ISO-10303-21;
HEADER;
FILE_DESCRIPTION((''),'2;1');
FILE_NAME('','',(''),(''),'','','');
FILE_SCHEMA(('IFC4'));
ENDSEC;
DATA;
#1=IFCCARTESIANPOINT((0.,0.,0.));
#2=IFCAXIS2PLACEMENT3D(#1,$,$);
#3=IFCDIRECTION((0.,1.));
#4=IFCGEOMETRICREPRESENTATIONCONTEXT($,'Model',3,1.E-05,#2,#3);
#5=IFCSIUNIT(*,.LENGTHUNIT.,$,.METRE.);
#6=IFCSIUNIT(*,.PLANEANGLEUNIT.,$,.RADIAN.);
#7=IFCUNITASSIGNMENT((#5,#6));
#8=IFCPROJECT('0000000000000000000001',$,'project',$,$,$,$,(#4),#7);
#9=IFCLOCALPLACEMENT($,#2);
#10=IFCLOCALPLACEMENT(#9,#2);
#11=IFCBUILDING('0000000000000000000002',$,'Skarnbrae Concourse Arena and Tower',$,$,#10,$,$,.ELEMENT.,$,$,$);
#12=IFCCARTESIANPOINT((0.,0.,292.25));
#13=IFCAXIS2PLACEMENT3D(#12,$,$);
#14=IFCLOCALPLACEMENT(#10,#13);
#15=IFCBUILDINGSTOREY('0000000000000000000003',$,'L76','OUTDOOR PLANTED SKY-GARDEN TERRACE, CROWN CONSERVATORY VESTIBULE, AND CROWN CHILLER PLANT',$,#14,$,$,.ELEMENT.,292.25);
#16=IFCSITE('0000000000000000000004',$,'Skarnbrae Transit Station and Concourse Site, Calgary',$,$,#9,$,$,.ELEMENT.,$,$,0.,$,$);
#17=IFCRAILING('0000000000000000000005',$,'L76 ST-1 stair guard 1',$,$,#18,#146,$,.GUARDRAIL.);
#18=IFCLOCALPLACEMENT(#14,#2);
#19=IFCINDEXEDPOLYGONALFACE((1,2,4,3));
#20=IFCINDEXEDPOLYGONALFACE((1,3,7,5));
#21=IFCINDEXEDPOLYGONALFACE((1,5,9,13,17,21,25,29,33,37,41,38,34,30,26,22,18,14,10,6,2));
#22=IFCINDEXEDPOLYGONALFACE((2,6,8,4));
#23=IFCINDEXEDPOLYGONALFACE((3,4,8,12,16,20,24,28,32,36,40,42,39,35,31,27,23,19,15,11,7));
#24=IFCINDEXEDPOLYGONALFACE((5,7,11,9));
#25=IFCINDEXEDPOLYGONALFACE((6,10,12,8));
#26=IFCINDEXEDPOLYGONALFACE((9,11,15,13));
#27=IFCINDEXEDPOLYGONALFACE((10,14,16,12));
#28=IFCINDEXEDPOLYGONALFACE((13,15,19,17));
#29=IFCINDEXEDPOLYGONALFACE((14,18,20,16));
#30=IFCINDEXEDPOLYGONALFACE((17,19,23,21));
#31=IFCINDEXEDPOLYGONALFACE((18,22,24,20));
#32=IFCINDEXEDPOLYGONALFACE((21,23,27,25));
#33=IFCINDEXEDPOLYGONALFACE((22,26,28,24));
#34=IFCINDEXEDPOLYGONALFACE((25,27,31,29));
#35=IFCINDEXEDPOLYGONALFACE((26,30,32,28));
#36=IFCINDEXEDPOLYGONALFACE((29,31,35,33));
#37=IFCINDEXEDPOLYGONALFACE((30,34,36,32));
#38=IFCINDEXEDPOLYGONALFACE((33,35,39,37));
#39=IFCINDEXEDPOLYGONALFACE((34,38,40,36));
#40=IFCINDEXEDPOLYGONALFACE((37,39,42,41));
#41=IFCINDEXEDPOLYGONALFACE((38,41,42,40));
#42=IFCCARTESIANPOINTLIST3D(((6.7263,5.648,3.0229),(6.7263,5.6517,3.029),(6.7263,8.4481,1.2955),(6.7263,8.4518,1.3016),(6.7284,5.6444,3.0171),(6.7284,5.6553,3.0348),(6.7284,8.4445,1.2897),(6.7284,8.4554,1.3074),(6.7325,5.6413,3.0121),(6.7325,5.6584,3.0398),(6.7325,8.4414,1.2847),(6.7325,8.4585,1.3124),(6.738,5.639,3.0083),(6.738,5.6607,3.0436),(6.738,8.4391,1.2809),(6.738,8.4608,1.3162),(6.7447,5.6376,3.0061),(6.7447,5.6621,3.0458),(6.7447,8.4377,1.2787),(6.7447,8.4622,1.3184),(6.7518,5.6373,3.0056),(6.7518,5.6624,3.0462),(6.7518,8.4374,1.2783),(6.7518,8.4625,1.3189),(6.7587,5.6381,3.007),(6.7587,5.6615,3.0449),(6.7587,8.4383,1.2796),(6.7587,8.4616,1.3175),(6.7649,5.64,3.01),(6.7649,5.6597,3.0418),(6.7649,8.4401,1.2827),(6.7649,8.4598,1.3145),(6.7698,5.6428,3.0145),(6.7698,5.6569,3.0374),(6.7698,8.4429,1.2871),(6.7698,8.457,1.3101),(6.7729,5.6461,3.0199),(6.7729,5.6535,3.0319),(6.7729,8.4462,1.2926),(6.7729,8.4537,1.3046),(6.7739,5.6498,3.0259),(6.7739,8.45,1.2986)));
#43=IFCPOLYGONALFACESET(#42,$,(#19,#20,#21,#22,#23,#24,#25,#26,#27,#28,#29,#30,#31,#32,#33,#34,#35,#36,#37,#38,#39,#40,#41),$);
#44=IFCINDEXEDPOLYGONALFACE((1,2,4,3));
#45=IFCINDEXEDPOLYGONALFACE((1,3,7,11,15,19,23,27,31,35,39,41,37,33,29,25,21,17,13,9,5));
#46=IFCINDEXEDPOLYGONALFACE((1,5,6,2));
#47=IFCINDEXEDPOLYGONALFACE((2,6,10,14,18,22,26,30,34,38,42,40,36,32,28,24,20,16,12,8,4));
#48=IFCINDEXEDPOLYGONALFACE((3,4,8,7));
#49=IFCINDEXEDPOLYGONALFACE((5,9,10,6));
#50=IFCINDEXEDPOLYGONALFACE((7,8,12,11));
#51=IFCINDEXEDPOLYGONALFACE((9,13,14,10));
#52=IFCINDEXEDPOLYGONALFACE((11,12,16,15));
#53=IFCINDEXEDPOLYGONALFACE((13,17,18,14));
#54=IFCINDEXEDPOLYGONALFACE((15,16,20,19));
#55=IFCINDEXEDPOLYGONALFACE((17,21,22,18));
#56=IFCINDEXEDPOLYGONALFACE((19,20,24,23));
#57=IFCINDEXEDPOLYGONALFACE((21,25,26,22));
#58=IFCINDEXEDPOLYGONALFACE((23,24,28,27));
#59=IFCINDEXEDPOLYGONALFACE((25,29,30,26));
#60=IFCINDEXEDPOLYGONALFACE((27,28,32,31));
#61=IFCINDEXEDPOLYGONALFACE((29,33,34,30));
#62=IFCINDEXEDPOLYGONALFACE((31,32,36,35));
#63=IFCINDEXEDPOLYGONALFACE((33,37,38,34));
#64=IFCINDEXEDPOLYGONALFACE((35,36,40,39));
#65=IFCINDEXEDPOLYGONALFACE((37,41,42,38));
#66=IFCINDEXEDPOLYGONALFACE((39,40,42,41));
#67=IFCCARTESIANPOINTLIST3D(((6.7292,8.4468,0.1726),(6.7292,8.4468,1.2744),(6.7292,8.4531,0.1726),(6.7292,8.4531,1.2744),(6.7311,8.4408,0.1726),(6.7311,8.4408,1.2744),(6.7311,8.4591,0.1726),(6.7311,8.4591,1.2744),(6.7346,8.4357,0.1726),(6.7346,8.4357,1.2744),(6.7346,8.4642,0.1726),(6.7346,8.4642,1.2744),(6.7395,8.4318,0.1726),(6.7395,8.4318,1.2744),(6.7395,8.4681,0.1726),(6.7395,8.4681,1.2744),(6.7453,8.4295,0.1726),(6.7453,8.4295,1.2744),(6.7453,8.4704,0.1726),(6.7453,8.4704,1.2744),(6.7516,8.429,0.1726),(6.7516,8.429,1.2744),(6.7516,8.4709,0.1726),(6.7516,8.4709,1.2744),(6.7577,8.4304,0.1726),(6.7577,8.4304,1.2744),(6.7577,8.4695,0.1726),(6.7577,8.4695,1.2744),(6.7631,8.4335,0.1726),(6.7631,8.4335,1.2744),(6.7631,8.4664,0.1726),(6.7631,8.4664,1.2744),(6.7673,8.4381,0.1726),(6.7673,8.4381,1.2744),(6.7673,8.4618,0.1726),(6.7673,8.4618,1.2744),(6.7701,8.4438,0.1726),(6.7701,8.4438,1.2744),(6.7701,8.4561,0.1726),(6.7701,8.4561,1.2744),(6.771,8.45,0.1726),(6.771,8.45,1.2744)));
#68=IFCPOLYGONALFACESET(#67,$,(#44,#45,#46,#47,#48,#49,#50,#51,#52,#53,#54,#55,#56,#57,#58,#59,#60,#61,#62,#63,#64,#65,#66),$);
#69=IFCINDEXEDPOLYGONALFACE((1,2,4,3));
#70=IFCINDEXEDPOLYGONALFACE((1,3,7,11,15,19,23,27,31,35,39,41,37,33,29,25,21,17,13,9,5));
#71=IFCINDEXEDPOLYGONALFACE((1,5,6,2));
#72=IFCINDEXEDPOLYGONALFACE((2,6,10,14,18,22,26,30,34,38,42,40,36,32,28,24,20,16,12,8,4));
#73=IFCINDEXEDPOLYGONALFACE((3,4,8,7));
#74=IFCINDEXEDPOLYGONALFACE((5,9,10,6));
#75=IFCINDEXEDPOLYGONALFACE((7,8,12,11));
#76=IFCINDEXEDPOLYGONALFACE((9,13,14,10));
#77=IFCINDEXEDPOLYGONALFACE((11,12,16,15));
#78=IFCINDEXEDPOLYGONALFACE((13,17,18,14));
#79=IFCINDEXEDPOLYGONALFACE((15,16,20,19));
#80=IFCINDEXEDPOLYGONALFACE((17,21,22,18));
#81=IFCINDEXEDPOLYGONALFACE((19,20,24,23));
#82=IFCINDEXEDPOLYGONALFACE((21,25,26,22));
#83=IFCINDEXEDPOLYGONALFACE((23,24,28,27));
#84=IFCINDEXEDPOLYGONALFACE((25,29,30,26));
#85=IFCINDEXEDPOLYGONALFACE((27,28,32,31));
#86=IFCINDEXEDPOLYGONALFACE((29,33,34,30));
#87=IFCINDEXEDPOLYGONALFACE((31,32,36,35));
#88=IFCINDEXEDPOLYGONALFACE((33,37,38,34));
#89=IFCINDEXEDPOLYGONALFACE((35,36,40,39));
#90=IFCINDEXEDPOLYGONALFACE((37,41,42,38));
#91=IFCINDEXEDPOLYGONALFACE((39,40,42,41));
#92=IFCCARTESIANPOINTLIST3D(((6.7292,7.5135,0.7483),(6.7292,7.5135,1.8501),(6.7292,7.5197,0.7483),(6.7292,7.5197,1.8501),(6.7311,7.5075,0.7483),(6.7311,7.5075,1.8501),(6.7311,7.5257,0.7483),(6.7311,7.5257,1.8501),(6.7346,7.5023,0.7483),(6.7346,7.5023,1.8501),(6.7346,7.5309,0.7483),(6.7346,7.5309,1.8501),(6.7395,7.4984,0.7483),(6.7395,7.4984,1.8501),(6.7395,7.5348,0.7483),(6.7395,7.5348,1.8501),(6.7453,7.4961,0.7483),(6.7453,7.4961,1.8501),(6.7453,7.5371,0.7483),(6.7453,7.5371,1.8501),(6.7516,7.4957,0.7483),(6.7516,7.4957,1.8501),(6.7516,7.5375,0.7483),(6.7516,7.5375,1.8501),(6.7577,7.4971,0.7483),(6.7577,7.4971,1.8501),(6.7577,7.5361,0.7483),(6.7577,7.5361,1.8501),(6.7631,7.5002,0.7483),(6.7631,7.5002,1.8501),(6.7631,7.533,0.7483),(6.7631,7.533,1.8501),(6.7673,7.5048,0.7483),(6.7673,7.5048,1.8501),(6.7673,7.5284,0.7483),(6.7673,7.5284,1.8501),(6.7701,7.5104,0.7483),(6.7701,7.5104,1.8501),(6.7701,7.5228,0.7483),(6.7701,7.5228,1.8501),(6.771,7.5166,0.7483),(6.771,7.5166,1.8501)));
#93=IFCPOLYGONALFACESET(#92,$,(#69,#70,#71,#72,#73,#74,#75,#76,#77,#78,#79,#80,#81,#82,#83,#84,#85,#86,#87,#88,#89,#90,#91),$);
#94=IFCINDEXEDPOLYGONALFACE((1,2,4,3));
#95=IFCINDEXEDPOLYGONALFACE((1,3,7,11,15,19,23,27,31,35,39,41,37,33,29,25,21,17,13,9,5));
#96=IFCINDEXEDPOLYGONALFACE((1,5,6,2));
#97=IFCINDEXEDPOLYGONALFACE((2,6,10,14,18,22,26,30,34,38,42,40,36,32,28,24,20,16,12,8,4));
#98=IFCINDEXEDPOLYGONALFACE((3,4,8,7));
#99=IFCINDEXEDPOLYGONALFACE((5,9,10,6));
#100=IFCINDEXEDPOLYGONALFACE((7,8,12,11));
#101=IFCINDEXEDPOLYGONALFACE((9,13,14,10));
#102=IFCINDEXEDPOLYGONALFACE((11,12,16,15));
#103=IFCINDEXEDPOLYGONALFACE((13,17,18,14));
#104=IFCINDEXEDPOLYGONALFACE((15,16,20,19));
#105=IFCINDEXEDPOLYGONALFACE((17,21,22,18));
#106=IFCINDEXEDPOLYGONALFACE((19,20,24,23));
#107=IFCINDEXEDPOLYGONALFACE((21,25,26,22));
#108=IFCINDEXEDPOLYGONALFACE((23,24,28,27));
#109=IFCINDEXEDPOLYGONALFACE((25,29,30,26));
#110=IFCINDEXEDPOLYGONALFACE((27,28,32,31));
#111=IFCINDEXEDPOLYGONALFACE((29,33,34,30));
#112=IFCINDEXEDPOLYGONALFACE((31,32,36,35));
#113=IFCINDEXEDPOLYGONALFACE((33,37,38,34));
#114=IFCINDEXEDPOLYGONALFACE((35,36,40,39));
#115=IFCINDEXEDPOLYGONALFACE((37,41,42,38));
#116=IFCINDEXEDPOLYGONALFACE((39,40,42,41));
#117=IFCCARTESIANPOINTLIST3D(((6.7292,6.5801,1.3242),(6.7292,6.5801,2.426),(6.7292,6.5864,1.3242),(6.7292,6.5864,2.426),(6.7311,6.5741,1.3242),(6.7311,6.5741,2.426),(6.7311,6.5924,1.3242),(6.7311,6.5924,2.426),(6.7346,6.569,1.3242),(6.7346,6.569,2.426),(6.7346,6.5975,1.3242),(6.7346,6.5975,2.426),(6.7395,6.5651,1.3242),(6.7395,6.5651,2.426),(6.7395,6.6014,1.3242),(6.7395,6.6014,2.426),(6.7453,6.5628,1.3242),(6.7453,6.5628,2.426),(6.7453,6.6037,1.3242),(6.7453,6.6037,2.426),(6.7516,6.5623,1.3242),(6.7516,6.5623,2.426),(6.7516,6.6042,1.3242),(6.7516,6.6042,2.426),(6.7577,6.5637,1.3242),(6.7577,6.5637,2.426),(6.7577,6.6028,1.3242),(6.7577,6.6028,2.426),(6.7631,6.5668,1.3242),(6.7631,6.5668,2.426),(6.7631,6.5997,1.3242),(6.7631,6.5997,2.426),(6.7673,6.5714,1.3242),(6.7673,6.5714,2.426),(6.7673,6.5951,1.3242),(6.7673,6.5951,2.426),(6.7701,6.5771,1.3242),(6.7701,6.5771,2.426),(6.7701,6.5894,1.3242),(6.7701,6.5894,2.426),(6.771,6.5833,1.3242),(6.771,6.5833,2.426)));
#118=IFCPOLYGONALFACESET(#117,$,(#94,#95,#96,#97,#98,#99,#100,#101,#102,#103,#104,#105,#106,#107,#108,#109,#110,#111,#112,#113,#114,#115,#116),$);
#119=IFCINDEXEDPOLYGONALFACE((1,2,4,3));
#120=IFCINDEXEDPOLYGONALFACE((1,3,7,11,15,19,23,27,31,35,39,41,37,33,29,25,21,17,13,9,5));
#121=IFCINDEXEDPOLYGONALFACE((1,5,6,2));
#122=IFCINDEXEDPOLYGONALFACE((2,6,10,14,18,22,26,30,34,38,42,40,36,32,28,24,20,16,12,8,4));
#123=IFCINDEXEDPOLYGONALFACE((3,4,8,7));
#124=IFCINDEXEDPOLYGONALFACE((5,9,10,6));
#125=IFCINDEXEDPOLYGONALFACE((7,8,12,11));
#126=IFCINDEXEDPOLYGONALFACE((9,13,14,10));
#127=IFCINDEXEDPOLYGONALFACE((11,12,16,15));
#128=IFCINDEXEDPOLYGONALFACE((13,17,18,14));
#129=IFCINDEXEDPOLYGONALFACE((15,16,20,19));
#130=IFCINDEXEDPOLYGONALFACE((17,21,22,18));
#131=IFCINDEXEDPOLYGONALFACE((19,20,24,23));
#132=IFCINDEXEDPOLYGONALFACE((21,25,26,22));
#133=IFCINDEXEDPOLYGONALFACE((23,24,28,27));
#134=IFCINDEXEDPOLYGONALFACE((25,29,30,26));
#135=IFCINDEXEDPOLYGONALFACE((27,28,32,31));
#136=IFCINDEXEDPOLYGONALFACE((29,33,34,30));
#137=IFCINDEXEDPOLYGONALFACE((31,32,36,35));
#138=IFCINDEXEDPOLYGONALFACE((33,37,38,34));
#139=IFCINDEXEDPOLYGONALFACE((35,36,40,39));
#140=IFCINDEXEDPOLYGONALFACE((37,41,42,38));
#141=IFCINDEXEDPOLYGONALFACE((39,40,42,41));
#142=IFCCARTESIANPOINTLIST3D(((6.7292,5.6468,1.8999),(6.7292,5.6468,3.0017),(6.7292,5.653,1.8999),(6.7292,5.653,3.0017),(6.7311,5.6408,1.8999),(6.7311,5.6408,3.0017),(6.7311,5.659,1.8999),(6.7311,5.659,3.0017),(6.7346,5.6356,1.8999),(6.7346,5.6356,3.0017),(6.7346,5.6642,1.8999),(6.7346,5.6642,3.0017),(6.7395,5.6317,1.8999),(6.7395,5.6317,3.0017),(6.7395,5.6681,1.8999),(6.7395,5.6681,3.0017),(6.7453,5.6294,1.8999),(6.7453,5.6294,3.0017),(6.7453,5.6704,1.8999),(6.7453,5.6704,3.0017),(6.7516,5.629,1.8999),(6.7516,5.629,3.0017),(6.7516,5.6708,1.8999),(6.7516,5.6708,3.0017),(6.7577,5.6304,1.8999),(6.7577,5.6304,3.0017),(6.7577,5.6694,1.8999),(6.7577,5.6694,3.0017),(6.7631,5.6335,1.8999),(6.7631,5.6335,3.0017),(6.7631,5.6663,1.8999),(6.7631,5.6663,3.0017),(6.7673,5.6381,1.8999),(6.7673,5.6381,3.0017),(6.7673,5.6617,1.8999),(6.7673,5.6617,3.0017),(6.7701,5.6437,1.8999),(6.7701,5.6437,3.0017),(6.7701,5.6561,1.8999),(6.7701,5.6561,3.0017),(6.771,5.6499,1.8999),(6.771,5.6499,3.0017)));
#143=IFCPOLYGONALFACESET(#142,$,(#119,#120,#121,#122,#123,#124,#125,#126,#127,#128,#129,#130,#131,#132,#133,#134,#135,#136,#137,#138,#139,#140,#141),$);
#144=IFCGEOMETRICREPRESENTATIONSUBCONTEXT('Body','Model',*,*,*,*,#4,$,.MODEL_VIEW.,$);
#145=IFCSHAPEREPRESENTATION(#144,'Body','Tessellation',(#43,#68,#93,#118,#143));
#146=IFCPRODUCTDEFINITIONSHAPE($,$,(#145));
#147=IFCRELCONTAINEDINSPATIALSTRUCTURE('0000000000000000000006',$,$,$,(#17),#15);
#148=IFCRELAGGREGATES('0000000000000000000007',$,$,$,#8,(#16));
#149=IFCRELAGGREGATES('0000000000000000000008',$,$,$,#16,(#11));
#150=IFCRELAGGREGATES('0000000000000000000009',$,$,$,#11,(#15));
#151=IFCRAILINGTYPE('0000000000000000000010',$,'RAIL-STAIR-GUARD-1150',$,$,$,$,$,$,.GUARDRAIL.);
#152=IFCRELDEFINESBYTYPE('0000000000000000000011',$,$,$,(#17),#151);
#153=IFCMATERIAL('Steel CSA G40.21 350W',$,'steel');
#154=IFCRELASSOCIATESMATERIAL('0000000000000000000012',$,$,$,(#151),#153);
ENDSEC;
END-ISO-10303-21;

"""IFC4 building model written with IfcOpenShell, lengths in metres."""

from ifc_helpers import new_model, si_unit, direction, frame, origin, origin_2d, place, context, subcontext, project, spatial, circle, extrude, material, type_object, element, save


model = new_model("IFC4")

# Units and contexts
model_context = context("Model", 3, precision=1e-05, world=origin(), true_north=direction((0.0, 1.0)))
body_context = subcontext(model_context, "Body", "Model", "MODEL_VIEW")
ifc_project = project(units=[si_unit("LENGTHUNIT", "METRE"), si_unit("PLANEANGLEUNIT", "RADIAN")], contexts=[model_context])

# Site, building, storey
site_placement = place(None, origin())
site = spatial("IfcSite", under=ifc_project, at=site_placement, Name="Skarnbrae Transit Station and Concourse Site, Calgary", CompositionType="ELEMENT", RefElevation=0.0)
building_placement = place(site_placement, origin())
building = spatial("IfcBuilding", under=site, at=building_placement, Name="Skarnbrae Concourse Arena and Tower", CompositionType="ELEMENT")
storey_placement = place(building_placement, frame((0.0, 0.0, 292.25)))
storey = spatial("IfcBuildingStorey", under=building, at=storey_placement, Name="L76", Description="OUTDOOR PLANTED SKY-GARDEN TERRACE, CROWN CONSERVATORY VESTIBULE, AND CROWN CHILLER PLANT", CompositionType="ELEMENT", Elevation=292.25)

# Shared definitions
ifc_material_1 = material(Name="Steel CSA G40.21 350W", Category="steel")

# Railing
railing_type_1 = type_object("IfcRailingType", Name="RAIL-STAIR-GUARD-1150", PredefinedType="GUARDRAIL", material=ifc_material_1)
railing_1_placement = place(storey_placement, frame((6.75, 8.45, 0.1726)))
element("IfcRailing", 1, at=railing_1_placement, inside=storey, type_object=railing_type_1, Name="L76 ST-1 stair guard 1", PredefinedType="GUARDRAIL", context=body_context, shape_type="SweptSolid", body=[
    extrude(circle(Radius=0.0239, at=origin_2d()), frame((0.0, 0.0, 1.126), z_axis=(0.0, -0.85109, 0.52502), x_axis=(1.0, 0.0, 0.0)), (0.0, 0.0, 1.0), 3.29),
    extrude(circle(Radius=0.021, at=origin_2d()), origin(), (0.0, 0.0, 1.0), 1.1018),
    extrude(circle(Radius=0.021, at=origin_2d()), frame((0.0, -0.9333, 0.5757)), (0.0, 0.0, 1.0), 1.1018),
    extrude(circle(Radius=0.021, at=origin_2d()), frame((0.0, -1.8667, 1.1516)), (0.0, 0.0, 1.0), 1.1018),
    extrude(circle(Radius=0.021, at=origin_2d()), frame((0.0, -2.8, 1.7273)), (0.0, 0.0, 1.0), 1.1018),
])

save(model, "model.ifc")
